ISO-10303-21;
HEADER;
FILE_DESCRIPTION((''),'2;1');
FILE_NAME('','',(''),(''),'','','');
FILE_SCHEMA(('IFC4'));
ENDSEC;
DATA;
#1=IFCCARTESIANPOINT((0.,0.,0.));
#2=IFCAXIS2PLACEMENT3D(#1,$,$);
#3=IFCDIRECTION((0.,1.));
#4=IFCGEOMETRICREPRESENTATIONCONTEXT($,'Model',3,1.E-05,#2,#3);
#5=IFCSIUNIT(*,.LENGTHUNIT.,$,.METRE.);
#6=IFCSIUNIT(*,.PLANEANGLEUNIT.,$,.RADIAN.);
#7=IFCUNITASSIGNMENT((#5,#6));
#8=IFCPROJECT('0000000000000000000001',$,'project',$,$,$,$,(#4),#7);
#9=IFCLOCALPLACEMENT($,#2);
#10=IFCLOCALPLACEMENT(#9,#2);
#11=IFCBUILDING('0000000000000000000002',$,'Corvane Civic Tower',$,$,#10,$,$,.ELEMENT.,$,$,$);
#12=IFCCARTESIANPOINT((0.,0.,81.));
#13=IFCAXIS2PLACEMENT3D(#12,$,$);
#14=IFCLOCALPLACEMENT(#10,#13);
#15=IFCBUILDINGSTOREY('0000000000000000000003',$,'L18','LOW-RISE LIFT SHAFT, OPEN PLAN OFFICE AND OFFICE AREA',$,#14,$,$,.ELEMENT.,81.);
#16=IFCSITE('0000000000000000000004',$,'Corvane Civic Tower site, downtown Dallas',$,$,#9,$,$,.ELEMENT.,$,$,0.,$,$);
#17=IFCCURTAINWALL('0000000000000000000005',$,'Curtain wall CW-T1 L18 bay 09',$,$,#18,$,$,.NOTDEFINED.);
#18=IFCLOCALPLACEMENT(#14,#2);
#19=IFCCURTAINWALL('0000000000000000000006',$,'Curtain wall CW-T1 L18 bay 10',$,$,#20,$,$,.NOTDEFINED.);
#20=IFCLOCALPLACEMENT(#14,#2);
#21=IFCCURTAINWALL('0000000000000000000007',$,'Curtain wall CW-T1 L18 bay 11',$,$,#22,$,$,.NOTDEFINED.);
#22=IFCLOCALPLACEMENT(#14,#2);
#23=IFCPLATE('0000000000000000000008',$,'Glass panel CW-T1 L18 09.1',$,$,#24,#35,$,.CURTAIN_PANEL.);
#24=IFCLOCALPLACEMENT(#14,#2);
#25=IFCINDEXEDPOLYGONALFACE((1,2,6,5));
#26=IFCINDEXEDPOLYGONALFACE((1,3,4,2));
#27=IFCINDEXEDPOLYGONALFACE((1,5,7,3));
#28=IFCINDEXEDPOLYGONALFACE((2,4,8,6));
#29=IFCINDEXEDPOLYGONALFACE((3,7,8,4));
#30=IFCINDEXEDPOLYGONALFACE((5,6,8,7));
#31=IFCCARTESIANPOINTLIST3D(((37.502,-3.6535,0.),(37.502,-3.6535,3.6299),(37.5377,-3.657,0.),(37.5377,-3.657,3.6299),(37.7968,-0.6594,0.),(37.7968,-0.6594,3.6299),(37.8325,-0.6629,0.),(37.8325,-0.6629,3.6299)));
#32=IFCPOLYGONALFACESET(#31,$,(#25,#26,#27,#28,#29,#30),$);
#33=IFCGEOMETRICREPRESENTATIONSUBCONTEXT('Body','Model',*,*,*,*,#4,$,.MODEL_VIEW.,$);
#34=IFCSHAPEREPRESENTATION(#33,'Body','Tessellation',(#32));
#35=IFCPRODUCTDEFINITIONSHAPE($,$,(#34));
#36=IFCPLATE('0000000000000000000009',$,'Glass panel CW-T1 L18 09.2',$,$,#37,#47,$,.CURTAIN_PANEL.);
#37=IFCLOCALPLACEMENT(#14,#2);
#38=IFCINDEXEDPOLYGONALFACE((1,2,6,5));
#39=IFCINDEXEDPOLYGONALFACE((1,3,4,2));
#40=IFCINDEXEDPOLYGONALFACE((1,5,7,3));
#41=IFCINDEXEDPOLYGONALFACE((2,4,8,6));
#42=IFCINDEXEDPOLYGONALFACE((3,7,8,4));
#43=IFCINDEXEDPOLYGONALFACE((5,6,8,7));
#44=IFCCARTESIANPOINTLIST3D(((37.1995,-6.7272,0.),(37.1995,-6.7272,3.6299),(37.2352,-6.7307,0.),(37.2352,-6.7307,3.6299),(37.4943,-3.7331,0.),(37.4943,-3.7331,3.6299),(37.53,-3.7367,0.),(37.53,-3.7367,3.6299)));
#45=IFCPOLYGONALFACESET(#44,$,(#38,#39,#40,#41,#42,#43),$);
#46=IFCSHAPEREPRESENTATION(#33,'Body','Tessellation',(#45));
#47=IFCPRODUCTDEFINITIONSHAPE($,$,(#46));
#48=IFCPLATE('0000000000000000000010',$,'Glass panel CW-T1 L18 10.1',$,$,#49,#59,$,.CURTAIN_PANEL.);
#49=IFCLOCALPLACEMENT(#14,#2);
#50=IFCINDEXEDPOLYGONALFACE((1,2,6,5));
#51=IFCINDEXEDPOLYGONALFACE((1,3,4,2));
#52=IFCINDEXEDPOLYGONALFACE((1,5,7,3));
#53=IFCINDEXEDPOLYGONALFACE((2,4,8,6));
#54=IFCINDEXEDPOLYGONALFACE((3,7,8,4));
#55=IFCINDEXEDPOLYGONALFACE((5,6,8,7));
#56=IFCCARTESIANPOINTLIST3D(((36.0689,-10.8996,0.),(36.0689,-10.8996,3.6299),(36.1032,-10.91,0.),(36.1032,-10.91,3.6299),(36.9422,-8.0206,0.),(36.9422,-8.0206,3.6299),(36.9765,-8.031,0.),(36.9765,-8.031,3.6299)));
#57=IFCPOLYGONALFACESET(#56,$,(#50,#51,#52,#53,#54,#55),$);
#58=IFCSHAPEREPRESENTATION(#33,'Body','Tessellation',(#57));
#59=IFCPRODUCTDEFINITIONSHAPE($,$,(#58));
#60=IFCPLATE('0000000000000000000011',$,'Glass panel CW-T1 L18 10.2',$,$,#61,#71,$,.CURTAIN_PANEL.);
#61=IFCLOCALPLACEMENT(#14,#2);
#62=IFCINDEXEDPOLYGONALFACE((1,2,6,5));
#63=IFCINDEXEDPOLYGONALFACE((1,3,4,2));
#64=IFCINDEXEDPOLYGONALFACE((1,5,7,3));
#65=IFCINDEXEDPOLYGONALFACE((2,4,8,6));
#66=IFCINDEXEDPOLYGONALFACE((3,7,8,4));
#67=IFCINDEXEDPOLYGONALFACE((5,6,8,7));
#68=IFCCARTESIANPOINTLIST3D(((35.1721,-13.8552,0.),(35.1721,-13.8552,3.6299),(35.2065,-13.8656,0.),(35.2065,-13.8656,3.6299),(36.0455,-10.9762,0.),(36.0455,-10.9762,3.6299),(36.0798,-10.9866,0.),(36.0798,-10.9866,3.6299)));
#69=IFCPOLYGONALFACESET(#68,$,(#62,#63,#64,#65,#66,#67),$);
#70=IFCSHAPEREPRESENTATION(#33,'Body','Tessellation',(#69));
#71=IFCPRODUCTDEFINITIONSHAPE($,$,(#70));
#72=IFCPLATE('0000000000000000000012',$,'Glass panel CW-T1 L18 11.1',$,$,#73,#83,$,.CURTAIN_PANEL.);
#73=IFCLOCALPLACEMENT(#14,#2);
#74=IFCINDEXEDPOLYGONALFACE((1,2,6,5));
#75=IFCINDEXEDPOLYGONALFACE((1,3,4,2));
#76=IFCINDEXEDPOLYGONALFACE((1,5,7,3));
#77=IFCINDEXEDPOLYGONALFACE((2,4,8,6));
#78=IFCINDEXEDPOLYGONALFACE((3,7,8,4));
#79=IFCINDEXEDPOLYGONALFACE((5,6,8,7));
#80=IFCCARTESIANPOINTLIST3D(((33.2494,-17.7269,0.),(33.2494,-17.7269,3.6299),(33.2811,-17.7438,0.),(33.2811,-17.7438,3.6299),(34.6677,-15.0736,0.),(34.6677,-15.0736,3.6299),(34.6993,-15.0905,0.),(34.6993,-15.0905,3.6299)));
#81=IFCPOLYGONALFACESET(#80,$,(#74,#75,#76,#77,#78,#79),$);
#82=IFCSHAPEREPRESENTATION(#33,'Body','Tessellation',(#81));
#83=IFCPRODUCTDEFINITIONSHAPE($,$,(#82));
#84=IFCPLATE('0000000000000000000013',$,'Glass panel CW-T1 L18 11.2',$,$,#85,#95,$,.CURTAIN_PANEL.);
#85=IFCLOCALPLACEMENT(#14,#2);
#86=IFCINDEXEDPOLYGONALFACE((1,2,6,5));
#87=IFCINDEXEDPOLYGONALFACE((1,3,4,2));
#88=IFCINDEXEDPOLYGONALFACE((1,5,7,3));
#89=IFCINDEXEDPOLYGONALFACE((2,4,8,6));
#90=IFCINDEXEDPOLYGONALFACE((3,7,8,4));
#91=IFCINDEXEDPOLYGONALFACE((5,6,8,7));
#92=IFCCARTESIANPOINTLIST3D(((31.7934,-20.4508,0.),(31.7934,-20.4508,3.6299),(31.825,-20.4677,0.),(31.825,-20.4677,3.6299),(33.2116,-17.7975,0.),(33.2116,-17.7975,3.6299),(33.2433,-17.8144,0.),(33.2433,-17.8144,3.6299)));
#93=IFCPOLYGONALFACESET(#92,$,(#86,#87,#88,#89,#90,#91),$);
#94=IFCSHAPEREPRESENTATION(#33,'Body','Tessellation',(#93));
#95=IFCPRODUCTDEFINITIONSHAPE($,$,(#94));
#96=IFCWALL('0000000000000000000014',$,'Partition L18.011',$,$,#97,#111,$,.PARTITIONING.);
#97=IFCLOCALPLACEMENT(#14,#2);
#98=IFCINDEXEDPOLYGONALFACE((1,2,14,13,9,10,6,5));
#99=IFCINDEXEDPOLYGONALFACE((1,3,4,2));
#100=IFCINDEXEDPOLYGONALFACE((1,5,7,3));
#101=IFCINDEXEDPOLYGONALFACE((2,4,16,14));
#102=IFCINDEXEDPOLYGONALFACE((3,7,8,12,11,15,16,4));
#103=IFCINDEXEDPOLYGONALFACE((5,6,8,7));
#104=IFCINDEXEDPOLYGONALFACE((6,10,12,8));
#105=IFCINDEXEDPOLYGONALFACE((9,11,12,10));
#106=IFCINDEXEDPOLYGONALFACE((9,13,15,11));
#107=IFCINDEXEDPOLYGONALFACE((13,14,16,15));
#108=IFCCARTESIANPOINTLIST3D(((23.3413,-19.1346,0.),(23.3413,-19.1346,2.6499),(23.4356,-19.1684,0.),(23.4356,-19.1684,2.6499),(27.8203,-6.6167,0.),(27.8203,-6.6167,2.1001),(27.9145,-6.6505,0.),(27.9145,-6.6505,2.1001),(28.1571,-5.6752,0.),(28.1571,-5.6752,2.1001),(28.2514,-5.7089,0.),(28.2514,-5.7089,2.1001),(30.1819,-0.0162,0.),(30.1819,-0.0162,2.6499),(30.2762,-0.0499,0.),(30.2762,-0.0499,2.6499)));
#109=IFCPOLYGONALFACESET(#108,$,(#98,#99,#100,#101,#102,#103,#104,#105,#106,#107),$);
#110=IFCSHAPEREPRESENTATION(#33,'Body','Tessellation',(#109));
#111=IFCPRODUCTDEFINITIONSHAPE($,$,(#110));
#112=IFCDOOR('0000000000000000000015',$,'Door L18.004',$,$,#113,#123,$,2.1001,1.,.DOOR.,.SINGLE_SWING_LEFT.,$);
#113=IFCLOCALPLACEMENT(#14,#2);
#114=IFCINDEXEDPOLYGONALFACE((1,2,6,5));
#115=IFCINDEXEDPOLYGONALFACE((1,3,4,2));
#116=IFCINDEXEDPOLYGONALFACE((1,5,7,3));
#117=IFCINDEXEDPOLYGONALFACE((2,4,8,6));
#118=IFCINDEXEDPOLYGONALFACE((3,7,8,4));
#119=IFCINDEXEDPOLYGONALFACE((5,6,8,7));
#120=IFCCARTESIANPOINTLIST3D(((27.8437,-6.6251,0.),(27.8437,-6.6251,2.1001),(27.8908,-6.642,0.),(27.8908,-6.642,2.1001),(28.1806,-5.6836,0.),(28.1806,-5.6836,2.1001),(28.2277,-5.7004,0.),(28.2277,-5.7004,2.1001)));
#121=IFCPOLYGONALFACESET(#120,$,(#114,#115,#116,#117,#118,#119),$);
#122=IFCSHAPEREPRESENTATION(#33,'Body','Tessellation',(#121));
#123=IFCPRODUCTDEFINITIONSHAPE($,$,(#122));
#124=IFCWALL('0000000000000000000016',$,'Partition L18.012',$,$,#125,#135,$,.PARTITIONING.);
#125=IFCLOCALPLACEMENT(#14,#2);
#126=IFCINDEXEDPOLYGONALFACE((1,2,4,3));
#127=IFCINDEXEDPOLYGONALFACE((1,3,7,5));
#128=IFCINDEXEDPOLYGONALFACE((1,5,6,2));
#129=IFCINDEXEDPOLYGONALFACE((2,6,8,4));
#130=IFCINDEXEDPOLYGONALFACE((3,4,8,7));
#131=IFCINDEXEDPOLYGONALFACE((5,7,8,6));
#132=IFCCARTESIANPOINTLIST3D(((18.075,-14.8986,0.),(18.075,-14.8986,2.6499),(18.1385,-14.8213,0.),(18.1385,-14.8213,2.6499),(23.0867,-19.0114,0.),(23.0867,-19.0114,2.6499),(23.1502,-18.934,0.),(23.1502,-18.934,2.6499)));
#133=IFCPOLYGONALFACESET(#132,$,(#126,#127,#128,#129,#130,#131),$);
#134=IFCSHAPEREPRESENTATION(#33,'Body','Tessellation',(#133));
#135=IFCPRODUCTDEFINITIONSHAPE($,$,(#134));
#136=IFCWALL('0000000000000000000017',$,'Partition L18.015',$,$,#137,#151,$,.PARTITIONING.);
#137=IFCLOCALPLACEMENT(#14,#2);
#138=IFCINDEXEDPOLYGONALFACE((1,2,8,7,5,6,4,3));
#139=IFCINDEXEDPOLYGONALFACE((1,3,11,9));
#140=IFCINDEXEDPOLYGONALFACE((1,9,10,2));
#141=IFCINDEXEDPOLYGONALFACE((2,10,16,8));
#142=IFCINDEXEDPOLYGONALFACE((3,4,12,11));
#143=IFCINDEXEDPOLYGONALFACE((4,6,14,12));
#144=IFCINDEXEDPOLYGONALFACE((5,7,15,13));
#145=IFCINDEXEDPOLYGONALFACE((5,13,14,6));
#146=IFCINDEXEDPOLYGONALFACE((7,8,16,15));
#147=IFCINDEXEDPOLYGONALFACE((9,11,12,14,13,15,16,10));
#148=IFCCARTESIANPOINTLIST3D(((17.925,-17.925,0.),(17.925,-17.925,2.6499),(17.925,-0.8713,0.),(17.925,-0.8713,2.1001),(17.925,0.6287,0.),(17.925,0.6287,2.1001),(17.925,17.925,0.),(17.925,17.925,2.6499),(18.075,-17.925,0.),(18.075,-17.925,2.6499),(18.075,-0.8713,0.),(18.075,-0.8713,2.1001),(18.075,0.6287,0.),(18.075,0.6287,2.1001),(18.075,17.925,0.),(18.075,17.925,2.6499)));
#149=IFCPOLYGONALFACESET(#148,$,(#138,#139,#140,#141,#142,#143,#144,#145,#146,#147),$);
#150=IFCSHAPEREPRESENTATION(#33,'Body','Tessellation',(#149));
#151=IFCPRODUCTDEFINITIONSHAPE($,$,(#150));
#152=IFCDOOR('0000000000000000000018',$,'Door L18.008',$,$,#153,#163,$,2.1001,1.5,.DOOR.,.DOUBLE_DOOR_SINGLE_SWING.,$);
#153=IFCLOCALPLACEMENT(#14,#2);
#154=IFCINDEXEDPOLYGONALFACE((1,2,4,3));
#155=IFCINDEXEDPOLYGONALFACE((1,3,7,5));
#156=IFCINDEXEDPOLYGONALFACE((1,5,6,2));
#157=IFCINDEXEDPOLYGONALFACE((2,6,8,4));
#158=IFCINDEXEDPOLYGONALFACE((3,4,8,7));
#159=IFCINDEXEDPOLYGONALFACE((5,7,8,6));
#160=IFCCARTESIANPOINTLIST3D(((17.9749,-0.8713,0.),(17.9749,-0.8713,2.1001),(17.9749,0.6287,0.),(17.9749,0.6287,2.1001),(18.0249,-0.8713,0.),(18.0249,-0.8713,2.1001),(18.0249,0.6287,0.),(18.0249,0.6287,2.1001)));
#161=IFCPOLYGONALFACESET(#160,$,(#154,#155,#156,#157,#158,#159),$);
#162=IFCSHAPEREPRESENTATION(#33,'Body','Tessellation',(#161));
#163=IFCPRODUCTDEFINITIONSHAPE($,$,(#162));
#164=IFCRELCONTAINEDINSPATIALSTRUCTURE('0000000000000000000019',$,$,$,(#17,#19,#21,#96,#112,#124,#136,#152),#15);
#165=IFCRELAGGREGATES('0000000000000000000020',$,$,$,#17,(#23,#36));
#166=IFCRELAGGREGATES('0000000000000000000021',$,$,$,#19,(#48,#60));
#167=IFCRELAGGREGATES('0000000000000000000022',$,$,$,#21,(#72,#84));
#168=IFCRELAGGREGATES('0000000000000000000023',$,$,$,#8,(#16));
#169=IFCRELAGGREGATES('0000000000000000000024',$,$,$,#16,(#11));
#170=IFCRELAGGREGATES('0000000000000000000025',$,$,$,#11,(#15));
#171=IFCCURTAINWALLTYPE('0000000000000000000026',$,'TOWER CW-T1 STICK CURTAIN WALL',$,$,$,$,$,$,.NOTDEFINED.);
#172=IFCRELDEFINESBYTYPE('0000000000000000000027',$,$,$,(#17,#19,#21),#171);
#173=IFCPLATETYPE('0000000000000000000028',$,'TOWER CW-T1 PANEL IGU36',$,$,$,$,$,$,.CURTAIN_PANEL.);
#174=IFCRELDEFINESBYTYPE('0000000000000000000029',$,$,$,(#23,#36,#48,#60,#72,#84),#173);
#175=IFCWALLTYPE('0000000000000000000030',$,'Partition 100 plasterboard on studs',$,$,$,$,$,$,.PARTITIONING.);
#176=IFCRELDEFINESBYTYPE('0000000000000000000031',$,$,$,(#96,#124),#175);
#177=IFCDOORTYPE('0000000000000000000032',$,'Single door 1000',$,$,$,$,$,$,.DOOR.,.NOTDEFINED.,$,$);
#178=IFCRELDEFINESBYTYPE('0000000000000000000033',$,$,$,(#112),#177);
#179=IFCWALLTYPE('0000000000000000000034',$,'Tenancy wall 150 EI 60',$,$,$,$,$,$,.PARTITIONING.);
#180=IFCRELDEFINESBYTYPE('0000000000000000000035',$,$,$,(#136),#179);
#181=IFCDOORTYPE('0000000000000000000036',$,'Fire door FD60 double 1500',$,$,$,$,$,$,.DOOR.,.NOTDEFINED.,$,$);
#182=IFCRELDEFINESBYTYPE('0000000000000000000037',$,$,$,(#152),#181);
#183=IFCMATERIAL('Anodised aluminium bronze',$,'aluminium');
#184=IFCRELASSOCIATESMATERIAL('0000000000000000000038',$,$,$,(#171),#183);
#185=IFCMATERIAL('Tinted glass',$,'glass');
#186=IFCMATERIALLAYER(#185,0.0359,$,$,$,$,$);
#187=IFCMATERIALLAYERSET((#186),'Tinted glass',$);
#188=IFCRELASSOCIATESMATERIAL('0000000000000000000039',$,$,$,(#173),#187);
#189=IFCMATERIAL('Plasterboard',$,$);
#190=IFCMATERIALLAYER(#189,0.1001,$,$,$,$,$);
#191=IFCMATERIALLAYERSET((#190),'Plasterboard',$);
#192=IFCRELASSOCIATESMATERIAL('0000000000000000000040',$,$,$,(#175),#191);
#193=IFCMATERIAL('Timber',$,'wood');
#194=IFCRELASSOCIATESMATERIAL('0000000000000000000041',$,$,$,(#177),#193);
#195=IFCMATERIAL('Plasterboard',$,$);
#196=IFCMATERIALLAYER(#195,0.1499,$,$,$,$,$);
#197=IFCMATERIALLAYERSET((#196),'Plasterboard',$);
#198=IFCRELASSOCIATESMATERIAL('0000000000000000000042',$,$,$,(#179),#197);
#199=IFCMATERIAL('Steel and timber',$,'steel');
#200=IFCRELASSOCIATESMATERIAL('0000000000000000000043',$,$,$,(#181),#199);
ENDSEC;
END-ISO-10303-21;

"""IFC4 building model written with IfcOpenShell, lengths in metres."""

from ifc_helpers import new_model, si_unit, direction, frame, frame_2d, origin, origin_2d, place, context, subcontext, project, spatial, rectangle, extrude, material, layer, layer_set, type_object, element, fill, aggregate, save


model = new_model("IFC4")

# Units and contexts
model_context = context("Model", 3, precision=1e-05, world=origin(), true_north=direction((0.0, 1.0)))
body_context = subcontext(model_context, "Body", "Model", "MODEL_VIEW")
ifc_project = project(units=[si_unit("LENGTHUNIT", "METRE"), si_unit("PLANEANGLEUNIT", "RADIAN")], contexts=[model_context])

# Site, building, storey
site_placement = place(None, origin())
site = spatial("IfcSite", under=ifc_project, at=site_placement, Name="Corvane Civic Tower site, downtown Dallas", CompositionType="ELEMENT", RefElevation=0.0)
building_placement = place(site_placement, origin())
building = spatial("IfcBuilding", under=site, at=building_placement, Name="Corvane Civic Tower", CompositionType="ELEMENT")
storey_placement = place(building_placement, frame((0.0, 0.0, 81.0)))
storey = spatial("IfcBuildingStorey", under=building, at=storey_placement, Name="L18", Description="LOW-RISE LIFT SHAFT, OPEN PLAN OFFICE AND OFFICE AREA", CompositionType="ELEMENT", Elevation=81.0)

# Curtain walls
ifc_material_1 = material(Name="Anodised aluminium bronze", Category="aluminium")
curtain_wall_type = type_object("IfcCurtainWallType", Name="TOWER CW-T1 STICK CURTAIN WALL", PredefinedType="NOTDEFINED", material=ifc_material_1)
curtain_wall_1_placement = place(storey_placement, origin())
curtain_wall_1 = element("IfcCurtainWall", 1, at=curtain_wall_1_placement, inside=storey, type_object=curtain_wall_type, Name="Curtain wall CW-T1 L18 bay 09", PredefinedType="NOTDEFINED")
curtain_wall_2_placement = place(storey_placement, origin())
curtain_wall_2 = element("IfcCurtainWall", 2, at=curtain_wall_2_placement, inside=storey, type_object=curtain_wall_type, Name="Curtain wall CW-T1 L18 bay 10", PredefinedType="NOTDEFINED")
curtain_wall_3_placement = place(storey_placement, origin())
curtain_wall_3 = element("IfcCurtainWall", 3, at=curtain_wall_3_placement, inside=storey, type_object=curtain_wall_type, Name="Curtain wall CW-T1 L18 bay 11", PredefinedType="NOTDEFINED")

# Plates
ifc_material_2 = material(Name="Tinted glass", Category="glass")
ifc_layer_1 = layer(ifc_material_2, 0.0359)
ifc_layer_set_1 = layer_set([ifc_layer_1], Name="Tinted glass")
plate_type = type_object("IfcPlateType", Name="TOWER CW-T1 PANEL IGU36", PredefinedType="CURTAIN_PANEL", material=ifc_layer_set_1)
plate_1_placement = place(storey_placement, frame((37.6672, -2.1582, 0.0), z_axis=(0.0, 0.0, 1.0), x_axis=(-0.098006, -0.995186, 0.0)))
plate_1 = element("IfcPlate", 4, at=plate_1_placement, type_object=plate_type, Name="Glass panel CW-T1 L18 09.1", PredefinedType="CURTAIN_PANEL", context=body_context, shape_type="SweptSolid", body=[
    extrude(rectangle(XDim=3.0085, YDim=0.0359, at=origin_2d()), origin(), (0.0, 0.0, 1.0), 3.6299),
])
plate_2_placement = place(storey_placement, frame((37.3647, -5.2319, 0.0), z_axis=(0.0, 0.0, 1.0), x_axis=(-0.098006, -0.995186, 0.0)))
plate_2 = element("IfcPlate", 5, at=plate_2_placement, type_object=plate_type, Name="Glass panel CW-T1 L18 09.2", PredefinedType="CURTAIN_PANEL", context=body_context, shape_type="SweptSolid", body=[
    extrude(rectangle(XDim=3.0085, YDim=0.0359, at=origin_2d()), origin(), (0.0, 0.0, 1.0), 3.6299),
])
aggregate(curtain_wall_1, [plate_1, plate_2])
plate_3_placement = place(storey_placement, frame((36.5227, -9.4653, 0.0), z_axis=(0.0, 0.0, 1.0), x_axis=(-0.290278, -0.956942, 0.0)))
plate_3 = element("IfcPlate", 6, at=plate_3_placement, type_object=plate_type, Name="Glass panel CW-T1 L18 10.1", PredefinedType="CURTAIN_PANEL", context=body_context, shape_type="SweptSolid", body=[
    extrude(rectangle(XDim=3.0085, YDim=0.0359, at=origin_2d()), origin(), (0.0, 0.0, 1.0), 3.6299),
])
plate_4_placement = place(storey_placement, frame((35.626, -12.4209, 0.0), z_axis=(0.0, 0.0, 1.0), x_axis=(-0.290278, -0.956942, 0.0)))
plate_4 = element("IfcPlate", 7, at=plate_4_placement, type_object=plate_type, Name="Glass panel CW-T1 L18 10.2", PredefinedType="CURTAIN_PANEL", context=body_context, shape_type="SweptSolid", body=[
    extrude(rectangle(XDim=3.0085, YDim=0.0359, at=origin_2d()), origin(), (0.0, 0.0, 1.0), 3.6299),
])
aggregate(curtain_wall_2, [plate_3, plate_4])
plate_5_placement = place(storey_placement, frame((33.9744, -16.4087, 0.0), z_axis=(0.0, 0.0, 1.0), x_axis=(-0.471404, -0.881918, 0.0)))
plate_5 = element("IfcPlate", 8, at=plate_5_placement, type_object=plate_type, Name="Glass panel CW-T1 L18 11.1", PredefinedType="CURTAIN_PANEL", context=body_context, shape_type="SweptSolid", body=[
    extrude(rectangle(XDim=3.0085, YDim=0.0359, at=origin_2d()), origin(), (0.0, 0.0, 1.0), 3.6299),
])
plate_6_placement = place(storey_placement, frame((32.5183, -19.1326, 0.0), z_axis=(0.0, 0.0, 1.0), x_axis=(-0.471404, -0.881918, 0.0)))
plate_6 = element("IfcPlate", 9, at=plate_6_placement, type_object=plate_type, Name="Glass panel CW-T1 L18 11.2", PredefinedType="CURTAIN_PANEL", context=body_context, shape_type="SweptSolid", body=[
    extrude(rectangle(XDim=3.0085, YDim=0.0359, at=origin_2d()), origin(), (0.0, 0.0, 1.0), 3.6299),
])
aggregate(curtain_wall_3, [plate_5, plate_6])

# Wall, opening, door
ifc_material_3 = material(Name="Plasterboard")
ifc_layer_2 = layer(ifc_material_3, 0.1001)
ifc_layer_set_2 = layer_set([ifc_layer_2], Name="Plasterboard")
wall_type_1 = type_object("IfcWallType", Name="Partition 100 plasterboard on studs", PredefinedType="PARTITIONING", material=ifc_layer_set_2)
wall_1_placement = place(storey_placement, frame((23.3884, -19.1516, 0.0), z_axis=(0.0, 0.0, 1.0), x_axis=(0.336886, 0.941546, 0.0)))
wall_1 = element("IfcWall", 10, at=wall_1_placement, inside=storey, type_object=wall_type_1, Name="Partition L18.011", PredefinedType="PARTITIONING", context=body_context, shape_type="SweptSolid", body=[
    extrude(rectangle(XDim=20.3054, YDim=0.1001, at=frame_2d((10.1528, 0.0))), origin(), (0.0, 0.0, 1.0), 2.6499),
])
opening_1_placement = place(wall_1_placement, frame((13.2952, 0.0, 0.0)))
opening_1 = element("IfcOpeningElement", 11, at=opening_1_placement, cuts=wall_1, PredefinedType="OPENING", context=body_context, shape_type="SweptSolid", body=[
    extrude(rectangle(XDim=1.0, YDim=2.1001, at=frame_2d((0.5, 1.05))), frame((0.0, 0.0601, 0.0), z_axis=(0.0, -1.0, 0.0), x_axis=(1.0, 0.0, 0.0)), (0.0, 0.0, 1.0), 0.1201),
])
ifc_material_4 = material(Name="Timber", Category="wood")
door_type_1 = type_object("IfcDoorType", Name="Single door 1000", OperationType="NOTDEFINED", PredefinedType="DOOR", material=ifc_material_4)
door_1_placement = place(opening_1_placement, frame((1.0, 0.0, 0.0), z_axis=(0.0, 0.0, 1.0), x_axis=(-1.0, 0.0, 0.0)))
door_1 = element("IfcDoor", 12, at=door_1_placement, inside=storey, type_object=door_type_1, Name="Door L18.004", OperationType="SINGLE_SWING_LEFT", OverallHeight=2.1001, OverallWidth=1.0, PredefinedType="DOOR", context=body_context, shape_type="SweptSolid", body=[
    extrude(rectangle(XDim=1.0, YDim=2.1001, at=frame_2d((0.5, 1.05))), frame((0.0, 0.0249, 0.0), z_axis=(0.0, -1.0, 0.0), x_axis=(1.0, 0.0, 0.0)), (0.0, 0.0, 1.0), 0.05),
])
fill(opening_1, door_1)

# Wall
wall_2_placement = place(storey_placement, frame((18.1067, -14.8599, 0.0), z_axis=(0.0, 0.0, 1.0), x_axis=(0.773027, -0.634373, 0.0)))
element("IfcWall", 13, at=wall_2_placement, inside=storey, type_object=wall_type_1, Name="Partition L18.012", PredefinedType="PARTITIONING", context=body_context, shape_type="SweptSolid", body=[
    extrude(rectangle(XDim=6.4832, YDim=0.1001, at=frame_2d((3.2417, 0.0))), origin(), (0.0, 0.0, 1.0), 2.6499),
])

# Wall, opening, door
ifc_material_5 = material(Name="Plasterboard")
ifc_layer_3 = layer(ifc_material_5, 0.1499)
ifc_layer_set_3 = layer_set([ifc_layer_3], Name="Plasterboard")
wall_type_2 = type_object("IfcWallType", Name="Tenancy wall 150 EI 60", PredefinedType="PARTITIONING", material=ifc_layer_set_3)
wall_3_placement = place(storey_placement, frame((18.0, -17.925, 0.0), z_axis=(0.0, 0.0, 1.0), x_axis=(0.0, 1.0, 0.0)))
wall_3 = element("IfcWall", 14, at=wall_3_placement, inside=storey, type_object=wall_type_2, Name="Partition L18.015", PredefinedType="PARTITIONING", context=body_context, shape_type="SweptSolid", body=[
    extrude(rectangle(XDim=35.8501, YDim=0.1499, at=frame_2d((17.925, 0.0))), origin(), (0.0, 0.0, 1.0), 2.6499),
])
opening_2_placement = place(wall_3_placement, frame((17.0537, 0.0, 0.0)))
opening_2 = element("IfcOpeningElement", 15, at=opening_2_placement, cuts=wall_3, PredefinedType="OPENING", context=body_context, shape_type="SweptSolid", body=[
    extrude(rectangle(XDim=1.5, YDim=2.1001, at=frame_2d((0.75, 1.05))), frame((0.0, 0.085, 0.0), z_axis=(0.0, -1.0, 0.0), x_axis=(1.0, 0.0, 0.0)), (0.0, 0.0, 1.0), 0.1699),
])
ifc_material_6 = material(Name="Steel and timber", Category="steel")
door_type_2 = type_object("IfcDoorType", Name="Fire door FD60 double 1500", OperationType="NOTDEFINED", PredefinedType="DOOR", material=ifc_material_6)
door_2_placement = place(opening_2_placement, frame((1.5, 0.0, 0.0), z_axis=(0.0, 0.0, 1.0), x_axis=(-1.0, 0.0, 0.0)))
door_2 = element("IfcDoor", 16, at=door_2_placement, inside=storey, type_object=door_type_2, Name="Door L18.008", OperationType="DOUBLE_DOOR_SINGLE_SWING", OverallHeight=2.1001, OverallWidth=1.5, PredefinedType="DOOR", context=body_context, shape_type="SweptSolid", body=[
    extrude(rectangle(XDim=1.5, YDim=2.1001, at=frame_2d((0.75, 1.05))), frame((0.0, 0.0249, 0.0), z_axis=(0.0, -1.0, 0.0), x_axis=(1.0, 0.0, 0.0)), (0.0, 0.0, 1.0), 0.05),
])
fill(opening_2, door_2)

save(model, "model.ifc")
